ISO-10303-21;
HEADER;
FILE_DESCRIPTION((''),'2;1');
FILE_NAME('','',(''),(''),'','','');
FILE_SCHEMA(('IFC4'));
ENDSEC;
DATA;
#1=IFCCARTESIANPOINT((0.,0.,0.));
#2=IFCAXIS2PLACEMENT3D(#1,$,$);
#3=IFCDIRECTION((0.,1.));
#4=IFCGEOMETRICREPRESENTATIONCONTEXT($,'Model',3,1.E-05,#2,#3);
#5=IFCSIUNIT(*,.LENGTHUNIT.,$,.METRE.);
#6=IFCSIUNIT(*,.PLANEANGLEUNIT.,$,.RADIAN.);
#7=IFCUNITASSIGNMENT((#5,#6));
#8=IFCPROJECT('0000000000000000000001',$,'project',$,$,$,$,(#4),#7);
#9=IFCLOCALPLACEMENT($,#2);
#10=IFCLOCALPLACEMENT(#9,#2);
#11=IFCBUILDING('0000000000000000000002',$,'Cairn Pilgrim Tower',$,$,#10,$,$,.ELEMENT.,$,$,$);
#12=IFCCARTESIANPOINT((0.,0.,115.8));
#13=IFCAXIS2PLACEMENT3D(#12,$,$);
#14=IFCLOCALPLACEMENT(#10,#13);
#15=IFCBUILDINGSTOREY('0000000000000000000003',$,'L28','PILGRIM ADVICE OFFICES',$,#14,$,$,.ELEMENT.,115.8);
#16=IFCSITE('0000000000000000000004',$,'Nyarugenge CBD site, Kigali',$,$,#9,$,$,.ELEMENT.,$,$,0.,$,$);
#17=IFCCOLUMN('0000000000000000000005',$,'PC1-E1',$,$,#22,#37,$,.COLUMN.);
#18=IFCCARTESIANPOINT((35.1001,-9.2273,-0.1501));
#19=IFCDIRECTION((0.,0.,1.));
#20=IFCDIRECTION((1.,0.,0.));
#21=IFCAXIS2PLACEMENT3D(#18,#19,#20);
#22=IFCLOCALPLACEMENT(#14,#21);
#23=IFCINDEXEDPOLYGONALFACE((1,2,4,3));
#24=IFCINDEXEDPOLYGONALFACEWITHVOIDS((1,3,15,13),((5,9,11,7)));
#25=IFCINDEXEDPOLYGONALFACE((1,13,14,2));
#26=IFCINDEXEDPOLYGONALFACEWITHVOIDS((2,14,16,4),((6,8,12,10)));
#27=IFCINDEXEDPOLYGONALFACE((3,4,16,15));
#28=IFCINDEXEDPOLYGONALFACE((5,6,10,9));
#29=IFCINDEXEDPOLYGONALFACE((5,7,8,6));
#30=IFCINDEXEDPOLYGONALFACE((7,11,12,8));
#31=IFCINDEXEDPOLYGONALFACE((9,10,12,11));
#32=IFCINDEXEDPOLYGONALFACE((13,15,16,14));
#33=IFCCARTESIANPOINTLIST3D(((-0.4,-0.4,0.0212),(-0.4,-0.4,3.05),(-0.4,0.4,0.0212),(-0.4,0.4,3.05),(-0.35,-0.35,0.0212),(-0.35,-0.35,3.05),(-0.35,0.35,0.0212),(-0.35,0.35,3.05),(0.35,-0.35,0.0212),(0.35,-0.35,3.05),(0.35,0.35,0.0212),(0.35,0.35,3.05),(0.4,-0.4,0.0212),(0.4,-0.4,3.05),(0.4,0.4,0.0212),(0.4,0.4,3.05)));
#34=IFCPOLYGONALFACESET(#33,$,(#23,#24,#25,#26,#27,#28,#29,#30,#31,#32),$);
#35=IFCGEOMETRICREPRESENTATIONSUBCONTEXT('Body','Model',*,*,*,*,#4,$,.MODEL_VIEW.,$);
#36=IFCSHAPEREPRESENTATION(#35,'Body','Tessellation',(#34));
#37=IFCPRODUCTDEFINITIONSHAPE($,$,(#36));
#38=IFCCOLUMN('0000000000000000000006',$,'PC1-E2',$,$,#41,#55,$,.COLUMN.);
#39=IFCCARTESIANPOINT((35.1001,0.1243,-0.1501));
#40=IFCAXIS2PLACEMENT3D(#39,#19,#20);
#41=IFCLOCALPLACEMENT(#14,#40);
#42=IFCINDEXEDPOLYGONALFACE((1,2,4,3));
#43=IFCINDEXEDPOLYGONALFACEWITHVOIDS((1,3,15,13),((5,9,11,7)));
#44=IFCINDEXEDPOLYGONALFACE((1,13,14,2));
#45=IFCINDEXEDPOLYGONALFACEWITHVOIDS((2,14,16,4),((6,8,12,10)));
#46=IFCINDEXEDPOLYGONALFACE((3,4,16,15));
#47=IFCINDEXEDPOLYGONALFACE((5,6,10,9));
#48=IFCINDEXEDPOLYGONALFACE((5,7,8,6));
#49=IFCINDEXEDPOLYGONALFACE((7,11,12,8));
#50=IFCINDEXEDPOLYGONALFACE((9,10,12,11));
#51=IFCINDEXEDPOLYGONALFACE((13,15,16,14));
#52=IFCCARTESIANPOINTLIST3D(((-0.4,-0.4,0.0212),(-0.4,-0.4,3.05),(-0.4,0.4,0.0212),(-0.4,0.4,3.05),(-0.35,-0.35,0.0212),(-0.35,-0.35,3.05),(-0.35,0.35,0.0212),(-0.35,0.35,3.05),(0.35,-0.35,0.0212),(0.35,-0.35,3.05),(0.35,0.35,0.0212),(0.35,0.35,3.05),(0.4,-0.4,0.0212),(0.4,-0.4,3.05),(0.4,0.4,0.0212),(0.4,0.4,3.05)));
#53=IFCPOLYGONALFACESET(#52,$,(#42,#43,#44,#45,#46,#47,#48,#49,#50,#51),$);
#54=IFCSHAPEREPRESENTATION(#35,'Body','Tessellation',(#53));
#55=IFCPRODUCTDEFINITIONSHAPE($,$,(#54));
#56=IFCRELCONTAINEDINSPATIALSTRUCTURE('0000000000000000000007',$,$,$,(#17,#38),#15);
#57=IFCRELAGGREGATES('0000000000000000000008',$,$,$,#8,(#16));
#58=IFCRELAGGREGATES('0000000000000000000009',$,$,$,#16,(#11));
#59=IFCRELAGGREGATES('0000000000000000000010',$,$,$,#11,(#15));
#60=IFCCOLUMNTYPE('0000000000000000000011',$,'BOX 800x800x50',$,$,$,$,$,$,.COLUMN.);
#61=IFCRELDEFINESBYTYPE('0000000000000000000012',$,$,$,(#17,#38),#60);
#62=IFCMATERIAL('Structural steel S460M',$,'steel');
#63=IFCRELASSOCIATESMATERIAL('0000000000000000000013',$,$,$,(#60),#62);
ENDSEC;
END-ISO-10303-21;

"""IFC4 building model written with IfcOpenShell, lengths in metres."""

from ifc_helpers import new_model, si_unit, direction, frame, origin, origin_2d, place, context, subcontext, project, spatial, hollow_rectangle, extrude, clip, halfspace, material, material_profile, profile_set, type_object, element, save


model = new_model("IFC4")

# Units and contexts
model_context = context("Model", 3, precision=1e-05, world=origin(), true_north=direction((0.0, 1.0)))
body_context = subcontext(model_context, "Body", "Model", "MODEL_VIEW")
ifc_project = project(units=[si_unit("LENGTHUNIT", "METRE"), si_unit("PLANEANGLEUNIT", "RADIAN")], contexts=[model_context])

# Site, building, storey
site_placement = place(None, origin())
site = spatial("IfcSite", under=ifc_project, at=site_placement, Name="Nyarugenge CBD site, Kigali", CompositionType="ELEMENT", RefElevation=0.0)
building_placement = place(site_placement, origin())
building = spatial("IfcBuilding", under=site, at=building_placement, Name="Cairn Pilgrim Tower", CompositionType="ELEMENT")
storey_placement = place(building_placement, frame((0.0, 0.0, 115.8)))
storey = spatial("IfcBuildingStorey", under=building, at=storey_placement, Name="L28", Description="PILGRIM ADVICE OFFICES", CompositionType="ELEMENT", Elevation=115.8)

# Columns
ifc_material_1 = material(Name="Structural steel S460M", Category="steel")
ifc_material_profile_1 = material_profile(ifc_material_1, hollow_rectangle(XDim=0.8, YDim=0.8, WallThickness=0.05, at=origin_2d()), Name="BOX 800x800x50")
ifc_profile_set_1 = profile_set([ifc_material_profile_1], Name="Structural steel S460M")
column_type_1 = type_object("IfcColumnType", Name="BOX 800x800x50", PredefinedType="COLUMN", material=ifc_profile_set_1)
for number, where, z_axis, x_axis, name in (
    (1, (35.1001, -9.2273, -0.1501), (0.0, 0.0, 1.0), (1.0, 0.0, 0.0), "PC1-E1"),
    (2, (35.1001, 0.1243, -0.1501), (0.0, 0.0, 1.0), (1.0, 0.0, 0.0), "PC1-E2"),
):
    element("IfcColumn", number, at=place(storey_placement, frame(where, z_axis=z_axis, x_axis=x_axis)), inside=storey, type_object=column_type_1, Name=name, PredefinedType="COLUMN", context=body_context, shape_type="Clipping", body=[
        clip(clip(extrude(hollow_rectangle(XDim=0.8, YDim=0.8, WallThickness=0.05, at=origin_2d()), origin(), (0.0, 0.0, 1.0), 3.5), halfspace(frame((0.0, 0.0, 0.0212), z_axis=(0.0, 0.0, 1.0), x_axis=(1.0, 0.0, 0.0)), True)), halfspace(frame((0.0, 0.0, 3.05), z_axis=(0.0, 0.0, 1.0), x_axis=(1.0, 0.0, 0.0)), False)),
    ])

save(model, "model.ifc")
